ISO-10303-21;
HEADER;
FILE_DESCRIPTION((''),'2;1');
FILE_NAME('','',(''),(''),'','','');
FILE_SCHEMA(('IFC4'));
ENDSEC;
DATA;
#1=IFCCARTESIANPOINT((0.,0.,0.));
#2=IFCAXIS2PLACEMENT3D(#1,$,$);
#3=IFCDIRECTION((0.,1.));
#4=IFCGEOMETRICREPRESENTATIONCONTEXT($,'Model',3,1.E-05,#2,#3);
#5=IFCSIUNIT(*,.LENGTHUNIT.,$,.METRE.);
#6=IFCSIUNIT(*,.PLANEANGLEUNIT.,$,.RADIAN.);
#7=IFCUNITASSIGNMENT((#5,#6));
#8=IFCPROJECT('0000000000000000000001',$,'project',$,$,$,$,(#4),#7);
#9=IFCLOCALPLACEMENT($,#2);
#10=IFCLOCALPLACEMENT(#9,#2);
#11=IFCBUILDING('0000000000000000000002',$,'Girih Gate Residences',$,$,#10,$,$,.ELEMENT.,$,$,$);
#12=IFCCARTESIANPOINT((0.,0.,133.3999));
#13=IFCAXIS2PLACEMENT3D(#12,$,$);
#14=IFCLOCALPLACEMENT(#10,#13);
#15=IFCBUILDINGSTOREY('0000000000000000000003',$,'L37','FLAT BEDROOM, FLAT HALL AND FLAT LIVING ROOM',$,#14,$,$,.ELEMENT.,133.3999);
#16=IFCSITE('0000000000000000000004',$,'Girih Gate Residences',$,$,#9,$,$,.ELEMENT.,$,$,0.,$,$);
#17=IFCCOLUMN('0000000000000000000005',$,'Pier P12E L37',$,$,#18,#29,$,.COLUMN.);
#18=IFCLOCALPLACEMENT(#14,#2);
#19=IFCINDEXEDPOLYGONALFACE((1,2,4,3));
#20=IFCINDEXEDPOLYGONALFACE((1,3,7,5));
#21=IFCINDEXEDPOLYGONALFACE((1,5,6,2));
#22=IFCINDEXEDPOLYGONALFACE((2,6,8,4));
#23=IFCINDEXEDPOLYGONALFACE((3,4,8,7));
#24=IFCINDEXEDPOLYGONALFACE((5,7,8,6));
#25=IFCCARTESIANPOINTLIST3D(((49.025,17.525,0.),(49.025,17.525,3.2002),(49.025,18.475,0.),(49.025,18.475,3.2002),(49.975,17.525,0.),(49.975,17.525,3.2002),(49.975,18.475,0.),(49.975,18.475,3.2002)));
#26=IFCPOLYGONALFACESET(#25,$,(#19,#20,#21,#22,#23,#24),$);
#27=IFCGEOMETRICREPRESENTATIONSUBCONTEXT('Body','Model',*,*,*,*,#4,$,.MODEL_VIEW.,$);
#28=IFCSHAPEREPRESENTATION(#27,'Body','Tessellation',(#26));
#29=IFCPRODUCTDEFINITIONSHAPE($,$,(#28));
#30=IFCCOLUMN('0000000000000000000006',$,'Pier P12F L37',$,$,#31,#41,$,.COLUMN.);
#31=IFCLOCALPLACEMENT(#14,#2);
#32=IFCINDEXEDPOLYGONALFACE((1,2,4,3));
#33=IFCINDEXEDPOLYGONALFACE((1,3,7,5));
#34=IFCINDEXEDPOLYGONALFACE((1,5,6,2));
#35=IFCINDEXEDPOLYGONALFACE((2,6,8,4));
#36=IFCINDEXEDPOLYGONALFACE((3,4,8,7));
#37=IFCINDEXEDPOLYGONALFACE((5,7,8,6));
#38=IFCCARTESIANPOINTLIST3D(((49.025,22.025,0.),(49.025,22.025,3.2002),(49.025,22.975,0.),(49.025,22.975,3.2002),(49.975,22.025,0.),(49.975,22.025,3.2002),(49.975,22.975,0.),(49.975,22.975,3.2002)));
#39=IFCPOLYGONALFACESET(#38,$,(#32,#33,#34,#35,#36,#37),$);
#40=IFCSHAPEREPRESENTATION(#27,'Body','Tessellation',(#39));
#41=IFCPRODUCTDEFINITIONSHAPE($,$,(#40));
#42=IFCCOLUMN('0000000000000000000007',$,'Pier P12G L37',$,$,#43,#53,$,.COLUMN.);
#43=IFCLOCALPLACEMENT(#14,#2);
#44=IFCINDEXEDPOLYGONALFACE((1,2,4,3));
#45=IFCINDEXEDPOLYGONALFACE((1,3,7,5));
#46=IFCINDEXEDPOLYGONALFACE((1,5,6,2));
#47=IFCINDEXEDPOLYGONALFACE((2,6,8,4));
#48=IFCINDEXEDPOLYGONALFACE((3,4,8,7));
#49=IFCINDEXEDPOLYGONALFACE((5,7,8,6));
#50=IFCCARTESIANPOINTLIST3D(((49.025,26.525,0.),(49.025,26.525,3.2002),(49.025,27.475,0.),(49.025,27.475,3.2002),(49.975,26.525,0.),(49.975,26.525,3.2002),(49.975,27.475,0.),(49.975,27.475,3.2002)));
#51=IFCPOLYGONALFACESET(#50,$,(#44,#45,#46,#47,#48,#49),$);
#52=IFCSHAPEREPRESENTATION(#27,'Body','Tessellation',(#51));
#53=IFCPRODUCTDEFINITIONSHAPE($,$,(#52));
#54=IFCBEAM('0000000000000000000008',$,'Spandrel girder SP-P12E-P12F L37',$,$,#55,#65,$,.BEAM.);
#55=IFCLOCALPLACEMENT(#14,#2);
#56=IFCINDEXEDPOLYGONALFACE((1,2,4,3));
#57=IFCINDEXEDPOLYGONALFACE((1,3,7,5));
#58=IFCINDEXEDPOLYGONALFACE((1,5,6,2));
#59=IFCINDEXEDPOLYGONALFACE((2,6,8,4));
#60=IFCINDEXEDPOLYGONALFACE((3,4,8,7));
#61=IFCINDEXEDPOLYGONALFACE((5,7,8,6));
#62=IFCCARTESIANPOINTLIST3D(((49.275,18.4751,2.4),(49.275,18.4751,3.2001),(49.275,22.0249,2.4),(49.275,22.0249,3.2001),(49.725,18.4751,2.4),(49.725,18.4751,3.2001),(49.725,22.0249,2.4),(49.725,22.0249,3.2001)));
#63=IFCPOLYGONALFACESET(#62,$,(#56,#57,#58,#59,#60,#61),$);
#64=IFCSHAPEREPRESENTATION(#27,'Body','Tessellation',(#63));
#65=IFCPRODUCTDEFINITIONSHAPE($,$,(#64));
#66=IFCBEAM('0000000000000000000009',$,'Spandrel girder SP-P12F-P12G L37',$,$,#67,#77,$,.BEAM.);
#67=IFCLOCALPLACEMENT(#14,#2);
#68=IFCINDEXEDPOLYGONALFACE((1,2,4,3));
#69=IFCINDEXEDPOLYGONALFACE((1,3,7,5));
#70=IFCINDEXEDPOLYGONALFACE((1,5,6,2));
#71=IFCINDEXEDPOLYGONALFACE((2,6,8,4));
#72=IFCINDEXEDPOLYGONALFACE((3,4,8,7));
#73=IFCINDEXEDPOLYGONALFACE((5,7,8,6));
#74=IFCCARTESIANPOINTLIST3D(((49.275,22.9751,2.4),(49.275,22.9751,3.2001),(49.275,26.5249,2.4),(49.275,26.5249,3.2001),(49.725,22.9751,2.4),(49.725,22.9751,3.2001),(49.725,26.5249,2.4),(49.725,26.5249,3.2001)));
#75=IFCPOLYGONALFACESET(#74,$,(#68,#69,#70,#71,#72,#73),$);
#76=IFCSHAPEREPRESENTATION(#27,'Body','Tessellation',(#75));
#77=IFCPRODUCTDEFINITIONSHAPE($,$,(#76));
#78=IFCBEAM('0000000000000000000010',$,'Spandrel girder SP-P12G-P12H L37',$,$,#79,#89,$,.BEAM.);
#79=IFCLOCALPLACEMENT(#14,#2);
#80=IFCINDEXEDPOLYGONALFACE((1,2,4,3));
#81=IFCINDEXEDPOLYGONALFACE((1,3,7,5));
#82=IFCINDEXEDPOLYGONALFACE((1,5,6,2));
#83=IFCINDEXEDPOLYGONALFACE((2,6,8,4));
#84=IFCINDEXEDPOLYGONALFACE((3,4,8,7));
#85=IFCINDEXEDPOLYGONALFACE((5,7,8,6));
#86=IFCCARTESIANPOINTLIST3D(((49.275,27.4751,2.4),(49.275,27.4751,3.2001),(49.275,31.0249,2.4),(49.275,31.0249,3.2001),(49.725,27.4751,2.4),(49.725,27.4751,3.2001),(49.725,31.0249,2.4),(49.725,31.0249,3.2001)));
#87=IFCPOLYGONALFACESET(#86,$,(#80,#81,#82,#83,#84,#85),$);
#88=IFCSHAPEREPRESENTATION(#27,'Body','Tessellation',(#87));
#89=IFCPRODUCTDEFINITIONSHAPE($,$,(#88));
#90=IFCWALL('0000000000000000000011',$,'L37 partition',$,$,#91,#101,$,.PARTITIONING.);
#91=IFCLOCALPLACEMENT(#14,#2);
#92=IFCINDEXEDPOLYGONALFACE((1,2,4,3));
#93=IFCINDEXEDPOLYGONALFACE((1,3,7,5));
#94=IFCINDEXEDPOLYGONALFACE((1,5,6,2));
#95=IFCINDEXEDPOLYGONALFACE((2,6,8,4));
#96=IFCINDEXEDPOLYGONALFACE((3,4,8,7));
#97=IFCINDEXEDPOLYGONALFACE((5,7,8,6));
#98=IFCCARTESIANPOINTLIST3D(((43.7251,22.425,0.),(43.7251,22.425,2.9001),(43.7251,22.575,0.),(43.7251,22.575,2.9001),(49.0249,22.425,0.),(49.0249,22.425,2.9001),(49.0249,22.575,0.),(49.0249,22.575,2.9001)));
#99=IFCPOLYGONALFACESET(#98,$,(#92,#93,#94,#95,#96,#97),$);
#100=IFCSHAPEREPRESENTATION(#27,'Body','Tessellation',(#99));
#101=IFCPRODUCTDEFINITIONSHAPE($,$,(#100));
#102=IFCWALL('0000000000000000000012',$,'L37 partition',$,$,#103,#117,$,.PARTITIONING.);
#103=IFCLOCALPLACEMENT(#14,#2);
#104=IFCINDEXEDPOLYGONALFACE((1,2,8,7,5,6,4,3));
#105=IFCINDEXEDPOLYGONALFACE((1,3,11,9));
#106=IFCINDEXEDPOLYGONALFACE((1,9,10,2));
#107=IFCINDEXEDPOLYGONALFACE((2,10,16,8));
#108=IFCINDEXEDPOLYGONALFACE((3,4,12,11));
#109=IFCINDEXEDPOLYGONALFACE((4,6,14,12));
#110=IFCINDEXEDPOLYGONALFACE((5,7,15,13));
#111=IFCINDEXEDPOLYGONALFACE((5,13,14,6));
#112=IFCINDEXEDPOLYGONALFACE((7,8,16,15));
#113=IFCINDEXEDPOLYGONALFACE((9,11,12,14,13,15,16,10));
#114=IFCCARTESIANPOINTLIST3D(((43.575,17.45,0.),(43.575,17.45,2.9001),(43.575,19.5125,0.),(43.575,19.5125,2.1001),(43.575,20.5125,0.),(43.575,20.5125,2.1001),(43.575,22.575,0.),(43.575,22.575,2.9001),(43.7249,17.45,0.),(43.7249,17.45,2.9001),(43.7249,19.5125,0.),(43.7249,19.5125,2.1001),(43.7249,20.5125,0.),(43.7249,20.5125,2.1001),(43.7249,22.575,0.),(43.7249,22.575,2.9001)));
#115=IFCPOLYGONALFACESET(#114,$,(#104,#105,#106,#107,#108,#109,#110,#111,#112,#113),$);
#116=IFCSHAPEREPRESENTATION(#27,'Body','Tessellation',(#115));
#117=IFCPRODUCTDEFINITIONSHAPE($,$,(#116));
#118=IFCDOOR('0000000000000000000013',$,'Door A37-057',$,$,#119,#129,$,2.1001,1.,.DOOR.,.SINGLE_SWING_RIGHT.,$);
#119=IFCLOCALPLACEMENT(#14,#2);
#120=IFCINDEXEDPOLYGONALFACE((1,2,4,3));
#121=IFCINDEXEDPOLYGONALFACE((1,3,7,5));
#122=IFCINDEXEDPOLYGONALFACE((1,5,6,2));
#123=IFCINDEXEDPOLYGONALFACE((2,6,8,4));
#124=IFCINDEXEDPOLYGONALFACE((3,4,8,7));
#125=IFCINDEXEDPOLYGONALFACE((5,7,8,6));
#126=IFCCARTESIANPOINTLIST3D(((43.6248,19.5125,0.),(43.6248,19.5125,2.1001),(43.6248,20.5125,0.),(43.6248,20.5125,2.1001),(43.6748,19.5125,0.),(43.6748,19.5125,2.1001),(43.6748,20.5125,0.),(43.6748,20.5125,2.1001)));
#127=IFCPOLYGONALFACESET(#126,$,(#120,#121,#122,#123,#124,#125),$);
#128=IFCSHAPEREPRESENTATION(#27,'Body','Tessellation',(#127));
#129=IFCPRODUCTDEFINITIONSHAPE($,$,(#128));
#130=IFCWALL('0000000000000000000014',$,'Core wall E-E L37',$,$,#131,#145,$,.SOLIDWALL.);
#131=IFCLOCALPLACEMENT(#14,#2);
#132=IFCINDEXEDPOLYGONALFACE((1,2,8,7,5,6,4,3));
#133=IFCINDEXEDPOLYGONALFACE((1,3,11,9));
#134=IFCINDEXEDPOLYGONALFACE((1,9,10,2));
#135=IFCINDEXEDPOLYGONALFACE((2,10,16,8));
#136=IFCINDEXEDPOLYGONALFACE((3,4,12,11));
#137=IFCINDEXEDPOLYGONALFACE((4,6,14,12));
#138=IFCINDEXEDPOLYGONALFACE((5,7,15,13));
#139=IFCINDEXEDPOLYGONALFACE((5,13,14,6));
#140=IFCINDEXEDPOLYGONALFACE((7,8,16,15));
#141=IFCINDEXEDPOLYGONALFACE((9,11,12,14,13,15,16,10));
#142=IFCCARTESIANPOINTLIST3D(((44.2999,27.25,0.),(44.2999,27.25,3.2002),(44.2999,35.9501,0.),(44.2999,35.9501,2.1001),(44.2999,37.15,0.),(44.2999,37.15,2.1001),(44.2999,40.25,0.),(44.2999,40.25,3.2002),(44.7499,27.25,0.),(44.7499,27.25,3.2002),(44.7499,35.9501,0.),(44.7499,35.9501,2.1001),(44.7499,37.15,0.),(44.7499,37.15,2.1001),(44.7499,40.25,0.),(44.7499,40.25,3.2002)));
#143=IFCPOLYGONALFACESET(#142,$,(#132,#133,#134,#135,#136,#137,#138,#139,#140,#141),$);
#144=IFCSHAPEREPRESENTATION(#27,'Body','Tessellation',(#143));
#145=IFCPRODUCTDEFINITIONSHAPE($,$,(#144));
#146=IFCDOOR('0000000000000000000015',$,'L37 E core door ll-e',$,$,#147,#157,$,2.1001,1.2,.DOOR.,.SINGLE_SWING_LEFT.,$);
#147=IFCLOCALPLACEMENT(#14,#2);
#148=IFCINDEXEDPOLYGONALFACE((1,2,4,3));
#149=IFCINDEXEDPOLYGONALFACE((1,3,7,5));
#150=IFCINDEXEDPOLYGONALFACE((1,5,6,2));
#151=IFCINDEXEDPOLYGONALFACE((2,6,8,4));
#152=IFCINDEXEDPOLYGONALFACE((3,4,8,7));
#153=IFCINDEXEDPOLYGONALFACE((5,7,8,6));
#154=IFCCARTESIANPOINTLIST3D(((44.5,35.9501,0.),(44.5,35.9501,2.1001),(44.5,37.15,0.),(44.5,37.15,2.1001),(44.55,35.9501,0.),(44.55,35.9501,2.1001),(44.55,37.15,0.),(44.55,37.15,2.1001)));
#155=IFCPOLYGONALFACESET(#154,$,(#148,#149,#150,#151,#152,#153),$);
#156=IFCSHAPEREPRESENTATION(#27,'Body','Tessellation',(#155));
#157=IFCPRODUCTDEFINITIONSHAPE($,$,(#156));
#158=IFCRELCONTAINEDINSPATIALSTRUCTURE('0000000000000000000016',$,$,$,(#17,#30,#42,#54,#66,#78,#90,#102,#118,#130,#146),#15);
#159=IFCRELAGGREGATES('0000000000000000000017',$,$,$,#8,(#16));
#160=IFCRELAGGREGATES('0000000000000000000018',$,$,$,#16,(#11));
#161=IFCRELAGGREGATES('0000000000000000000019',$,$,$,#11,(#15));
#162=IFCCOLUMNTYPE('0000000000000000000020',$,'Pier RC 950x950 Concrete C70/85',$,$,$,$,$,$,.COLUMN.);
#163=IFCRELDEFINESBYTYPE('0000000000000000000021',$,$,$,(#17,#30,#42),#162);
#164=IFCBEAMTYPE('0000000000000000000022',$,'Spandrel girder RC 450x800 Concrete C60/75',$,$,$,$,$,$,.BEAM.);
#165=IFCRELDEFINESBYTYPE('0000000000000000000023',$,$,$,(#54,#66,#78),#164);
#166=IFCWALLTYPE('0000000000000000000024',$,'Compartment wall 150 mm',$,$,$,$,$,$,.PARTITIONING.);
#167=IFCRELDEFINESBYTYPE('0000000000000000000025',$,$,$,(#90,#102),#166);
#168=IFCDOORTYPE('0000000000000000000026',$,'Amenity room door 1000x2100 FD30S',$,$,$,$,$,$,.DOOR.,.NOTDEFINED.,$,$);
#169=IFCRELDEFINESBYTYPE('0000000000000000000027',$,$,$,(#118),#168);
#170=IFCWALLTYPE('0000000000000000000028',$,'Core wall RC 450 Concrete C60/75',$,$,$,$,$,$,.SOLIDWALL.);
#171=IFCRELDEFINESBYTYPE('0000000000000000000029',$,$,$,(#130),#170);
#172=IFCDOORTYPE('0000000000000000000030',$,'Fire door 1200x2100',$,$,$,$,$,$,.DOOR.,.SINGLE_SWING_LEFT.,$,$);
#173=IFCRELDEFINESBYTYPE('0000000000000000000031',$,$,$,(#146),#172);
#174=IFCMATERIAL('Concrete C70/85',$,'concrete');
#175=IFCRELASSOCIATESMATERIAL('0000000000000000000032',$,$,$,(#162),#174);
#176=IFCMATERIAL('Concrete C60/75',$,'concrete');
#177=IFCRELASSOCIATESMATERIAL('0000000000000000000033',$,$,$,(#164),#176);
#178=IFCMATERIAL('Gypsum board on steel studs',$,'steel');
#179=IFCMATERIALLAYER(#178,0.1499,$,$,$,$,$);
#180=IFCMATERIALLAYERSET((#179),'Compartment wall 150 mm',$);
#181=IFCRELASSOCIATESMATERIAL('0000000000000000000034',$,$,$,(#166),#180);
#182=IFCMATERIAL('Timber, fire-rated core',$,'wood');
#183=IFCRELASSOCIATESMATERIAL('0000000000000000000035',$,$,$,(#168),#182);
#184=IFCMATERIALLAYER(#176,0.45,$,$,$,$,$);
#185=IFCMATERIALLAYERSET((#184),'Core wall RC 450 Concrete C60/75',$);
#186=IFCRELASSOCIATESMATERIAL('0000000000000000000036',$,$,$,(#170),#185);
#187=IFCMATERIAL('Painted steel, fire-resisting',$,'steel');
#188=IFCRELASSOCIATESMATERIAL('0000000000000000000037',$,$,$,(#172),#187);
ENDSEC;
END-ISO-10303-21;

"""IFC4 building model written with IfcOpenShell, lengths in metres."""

from ifc_helpers import new_model, si_unit, direction, frame, frame_2d, origin, origin_2d, place, context, subcontext, project, spatial, rectangle, extrude, material, layer, layer_set, material_profile, profile_set, type_object, element, fill, save


model = new_model("IFC4")

# Units and contexts
model_context = context("Model", 3, precision=1e-05, world=origin(), true_north=direction((0.0, 1.0)))
body_context = subcontext(model_context, "Body", "Model", "MODEL_VIEW")
ifc_project = project(units=[si_unit("LENGTHUNIT", "METRE"), si_unit("PLANEANGLEUNIT", "RADIAN")], contexts=[model_context])

# Site, building, storey
site_placement = place(None, origin())
site = spatial("IfcSite", under=ifc_project, at=site_placement, Name="Girih Gate Residences", CompositionType="ELEMENT", RefElevation=0.0)
building_placement = place(site_placement, origin())
building = spatial("IfcBuilding", under=site, at=building_placement, Name="Girih Gate Residences", CompositionType="ELEMENT")
storey_placement = place(building_placement, frame((0.0, 0.0, 133.3999)))
storey = spatial("IfcBuildingStorey", under=building, at=storey_placement, Name="L37", Description="FLAT BEDROOM, FLAT HALL AND FLAT LIVING ROOM", CompositionType="ELEMENT", Elevation=133.3999)

# Columns
ifc_material_1 = material(Name="Concrete C70/85", Category="concrete")
ifc_material_profile_1 = material_profile(ifc_material_1, rectangle(XDim=0.95, YDim=0.95, at=origin_2d()))
ifc_profile_set_1 = profile_set([ifc_material_profile_1], Name="Concrete C70/85")
column_type = type_object("IfcColumnType", Name="Pier RC 950x950 Concrete C70/85", PredefinedType="COLUMN", material=ifc_profile_set_1)
for number, where, z_axis, x_axis, name in (
    (1, (49.5, 18.0, 0.0), (0.0, 0.0, 1.0), (1.0, 0.0, 0.0), "Pier P12E L37"),
    (2, (49.5, 22.5, 0.0), (0.0, 0.0, 1.0), (1.0, 0.0, 0.0), "Pier P12F L37"),
    (3, (49.5, 27.0, 0.0), (0.0, 0.0, 1.0), (1.0, 0.0, 0.0), "Pier P12G L37"),
):
    element("IfcColumn", number, at=place(storey_placement, frame(where, z_axis=z_axis, x_axis=x_axis)), inside=storey, type_object=column_type, Name=name, PredefinedType="COLUMN", context=body_context, shape_type="SweptSolid", body=[
        extrude(rectangle(XDim=0.95, YDim=0.95, at=origin_2d()), origin(), (0.0, 0.0, 1.0), 3.2002),
    ])

# Beams
ifc_material_2 = material(Name="Concrete C60/75", Category="concrete")
ifc_material_profile_2 = material_profile(ifc_material_2, rectangle(XDim=0.45, YDim=0.8, at=origin_2d()))
ifc_profile_set_2 = profile_set([ifc_material_profile_2], Name="Concrete C60/75")
beam_type = type_object("IfcBeamType", Name="Spandrel girder RC 450x800 Concrete C60/75", PredefinedType="BEAM", material=ifc_profile_set_2)
for number, where, z_axis, x_axis, name in (
    (4, (49.5, 18.4751, 2.8), (0.0, 1.0, 0.0), (-1.0, 0.0, 0.0), "Spandrel girder SP-P12E-P12F L37"),
    (5, (49.5, 22.9751, 2.8), (0.0, 1.0, 0.0), (-1.0, 0.0, 0.0), "Spandrel girder SP-P12F-P12G L37"),
    (6, (49.5, 27.4751, 2.8), (0.0, 1.0, 0.0), (-1.0, 0.0, 0.0), "Spandrel girder SP-P12G-P12H L37"),
):
    element("IfcBeam", number, at=place(storey_placement, frame(where, z_axis=z_axis, x_axis=x_axis)), inside=storey, type_object=beam_type, Name=name, PredefinedType="BEAM", context=body_context, shape_type="SweptSolid", body=[
        extrude(rectangle(XDim=0.45, YDim=0.8, at=origin_2d()), origin(), (0.0, 0.0, 1.0), 3.5498),
    ])

# Wall
ifc_material_3 = material(Name="Gypsum board on steel studs", Category="steel")
ifc_layer_1 = layer(ifc_material_3, 0.1499)
ifc_layer_set_1 = layer_set([ifc_layer_1], Name="Compartment wall 150 mm")
wall_type_1 = type_object("IfcWallType", Name="Compartment wall 150 mm", PredefinedType="PARTITIONING", material=ifc_layer_set_1)
wall_1_placement = place(storey_placement, frame((43.7251, 22.5, 0.0), z_axis=(0.0, 0.0, 1.0), x_axis=(1.0, 0.0, 0.0)))
element("IfcWall", 7, at=wall_1_placement, inside=storey, type_object=wall_type_1, Name="L37 partition", PredefinedType="PARTITIONING", context=body_context, shape_type="SweptSolid", body=[
    extrude(rectangle(XDim=5.2998, YDim=0.1499, at=frame_2d((2.6499, 0.0))), origin(), (0.0, 0.0, 1.0), 2.9001),
])

# Walls, openings, doors
wall_2_placement = place(storey_placement, frame((43.6499, 22.575, 0.0), z_axis=(0.0, 0.0, 1.0), x_axis=(0.0, -1.0, 0.0)))
wall_2 = element("IfcWall", 8, at=wall_2_placement, inside=storey, type_object=wall_type_1, Name="L37 partition", PredefinedType="PARTITIONING", context=body_context, shape_type="SweptSolid", body=[
    extrude(rectangle(XDim=5.125, YDim=0.1499, at=frame_2d((2.5625, 0.0))), origin(), (0.0, 0.0, 1.0), 2.9001),
])
opening_1_placement = place(wall_2_placement, frame((2.0625, 0.0, 0.0)))
opening_1 = element("IfcOpeningElement", 9, at=opening_1_placement, cuts=wall_2, PredefinedType="OPENING", context=body_context, shape_type="SweptSolid", body=[
    extrude(rectangle(XDim=1.0, YDim=2.1001, at=frame_2d((0.5, 1.05))), frame((0.0, 0.085, 0.0), z_axis=(0.0, -1.0, 0.0), x_axis=(1.0, 0.0, 0.0)), (0.0, 0.0, 1.0), 0.1699),
])
ifc_material_4 = material(Name="Timber, fire-rated core", Category="wood")
door_type_1 = type_object("IfcDoorType", Name="Amenity room door 1000x2100 FD30S", OperationType="NOTDEFINED", PredefinedType="DOOR", material=ifc_material_4)
door_1_placement = place(opening_1_placement, origin())
door_1 = element("IfcDoor", 10, at=door_1_placement, inside=storey, type_object=door_type_1, Name="Door A37-057", OperationType="SINGLE_SWING_RIGHT", OverallHeight=2.1001, OverallWidth=1.0, PredefinedType="DOOR", context=body_context, shape_type="SweptSolid", body=[
    extrude(rectangle(XDim=1.0, YDim=2.1001, at=frame_2d((0.5, 1.05))), frame((0.0, 0.0249, 0.0), z_axis=(0.0, -1.0, 0.0), x_axis=(1.0, 0.0, 0.0)), (0.0, 0.0, 1.0), 0.05),
])
fill(opening_1, door_1)
ifc_layer_2 = layer(ifc_material_2, 0.45)
ifc_layer_set_2 = layer_set([ifc_layer_2], Name="Core wall RC 450 Concrete C60/75")
wall_type_2 = type_object("IfcWallType", Name="Core wall RC 450 Concrete C60/75", PredefinedType="SOLIDWALL", material=ifc_layer_set_2)
wall_3_placement = place(storey_placement, frame((44.5249, 27.25, 0.0), z_axis=(0.0, 0.0, 1.0), x_axis=(0.0, 1.0, 0.0)))
wall_3 = element("IfcWall", 11, at=wall_3_placement, inside=storey, type_object=wall_type_2, Name="Core wall E-E L37", PredefinedType="SOLIDWALL", context=body_context, shape_type="SweptSolid", body=[
    extrude(rectangle(XDim=13.0, YDim=0.45, at=frame_2d((6.5, 0.0))), origin(), (0.0, 0.0, 1.0), 3.2002),
])
opening_2_placement = place(wall_3_placement, frame((8.7, 0.0, 0.0)))
opening_2 = element("IfcOpeningElement", 12, at=opening_2_placement, cuts=wall_3, PredefinedType="OPENING", context=body_context, shape_type="SweptSolid", body=[
    extrude(rectangle(XDim=1.2, YDim=2.1001, at=frame_2d((0.6001, 1.05))), frame((0.0, 0.2349, 0.0), z_axis=(0.0, -1.0, 0.0), x_axis=(1.0, 0.0, 0.0)), (0.0, 0.0, 1.0), 0.47),
])
ifc_material_5 = material(Name="Painted steel, fire-resisting", Category="steel")
door_type_2 = type_object("IfcDoorType", Name="Fire door 1200x2100", OperationType="SINGLE_SWING_LEFT", PredefinedType="DOOR", material=ifc_material_5)
door_2_placement = place(opening_2_placement, origin())
door_2 = element("IfcDoor", 13, at=door_2_placement, inside=storey, type_object=door_type_2, Name="L37 E core door ll-e", OperationType="SINGLE_SWING_LEFT", OverallHeight=2.1001, OverallWidth=1.2, PredefinedType="DOOR", context=body_context, shape_type="SweptSolid", body=[
    extrude(rectangle(XDim=1.2, YDim=2.1001, at=frame_2d((0.6001, 1.05))), frame((0.0, 0.0249, 0.0), z_axis=(0.0, -1.0, 0.0), x_axis=(1.0, 0.0, 0.0)), (0.0, 0.0, 1.0), 0.05),
])
fill(opening_2, door_2)

save(model, "model.ifc")
